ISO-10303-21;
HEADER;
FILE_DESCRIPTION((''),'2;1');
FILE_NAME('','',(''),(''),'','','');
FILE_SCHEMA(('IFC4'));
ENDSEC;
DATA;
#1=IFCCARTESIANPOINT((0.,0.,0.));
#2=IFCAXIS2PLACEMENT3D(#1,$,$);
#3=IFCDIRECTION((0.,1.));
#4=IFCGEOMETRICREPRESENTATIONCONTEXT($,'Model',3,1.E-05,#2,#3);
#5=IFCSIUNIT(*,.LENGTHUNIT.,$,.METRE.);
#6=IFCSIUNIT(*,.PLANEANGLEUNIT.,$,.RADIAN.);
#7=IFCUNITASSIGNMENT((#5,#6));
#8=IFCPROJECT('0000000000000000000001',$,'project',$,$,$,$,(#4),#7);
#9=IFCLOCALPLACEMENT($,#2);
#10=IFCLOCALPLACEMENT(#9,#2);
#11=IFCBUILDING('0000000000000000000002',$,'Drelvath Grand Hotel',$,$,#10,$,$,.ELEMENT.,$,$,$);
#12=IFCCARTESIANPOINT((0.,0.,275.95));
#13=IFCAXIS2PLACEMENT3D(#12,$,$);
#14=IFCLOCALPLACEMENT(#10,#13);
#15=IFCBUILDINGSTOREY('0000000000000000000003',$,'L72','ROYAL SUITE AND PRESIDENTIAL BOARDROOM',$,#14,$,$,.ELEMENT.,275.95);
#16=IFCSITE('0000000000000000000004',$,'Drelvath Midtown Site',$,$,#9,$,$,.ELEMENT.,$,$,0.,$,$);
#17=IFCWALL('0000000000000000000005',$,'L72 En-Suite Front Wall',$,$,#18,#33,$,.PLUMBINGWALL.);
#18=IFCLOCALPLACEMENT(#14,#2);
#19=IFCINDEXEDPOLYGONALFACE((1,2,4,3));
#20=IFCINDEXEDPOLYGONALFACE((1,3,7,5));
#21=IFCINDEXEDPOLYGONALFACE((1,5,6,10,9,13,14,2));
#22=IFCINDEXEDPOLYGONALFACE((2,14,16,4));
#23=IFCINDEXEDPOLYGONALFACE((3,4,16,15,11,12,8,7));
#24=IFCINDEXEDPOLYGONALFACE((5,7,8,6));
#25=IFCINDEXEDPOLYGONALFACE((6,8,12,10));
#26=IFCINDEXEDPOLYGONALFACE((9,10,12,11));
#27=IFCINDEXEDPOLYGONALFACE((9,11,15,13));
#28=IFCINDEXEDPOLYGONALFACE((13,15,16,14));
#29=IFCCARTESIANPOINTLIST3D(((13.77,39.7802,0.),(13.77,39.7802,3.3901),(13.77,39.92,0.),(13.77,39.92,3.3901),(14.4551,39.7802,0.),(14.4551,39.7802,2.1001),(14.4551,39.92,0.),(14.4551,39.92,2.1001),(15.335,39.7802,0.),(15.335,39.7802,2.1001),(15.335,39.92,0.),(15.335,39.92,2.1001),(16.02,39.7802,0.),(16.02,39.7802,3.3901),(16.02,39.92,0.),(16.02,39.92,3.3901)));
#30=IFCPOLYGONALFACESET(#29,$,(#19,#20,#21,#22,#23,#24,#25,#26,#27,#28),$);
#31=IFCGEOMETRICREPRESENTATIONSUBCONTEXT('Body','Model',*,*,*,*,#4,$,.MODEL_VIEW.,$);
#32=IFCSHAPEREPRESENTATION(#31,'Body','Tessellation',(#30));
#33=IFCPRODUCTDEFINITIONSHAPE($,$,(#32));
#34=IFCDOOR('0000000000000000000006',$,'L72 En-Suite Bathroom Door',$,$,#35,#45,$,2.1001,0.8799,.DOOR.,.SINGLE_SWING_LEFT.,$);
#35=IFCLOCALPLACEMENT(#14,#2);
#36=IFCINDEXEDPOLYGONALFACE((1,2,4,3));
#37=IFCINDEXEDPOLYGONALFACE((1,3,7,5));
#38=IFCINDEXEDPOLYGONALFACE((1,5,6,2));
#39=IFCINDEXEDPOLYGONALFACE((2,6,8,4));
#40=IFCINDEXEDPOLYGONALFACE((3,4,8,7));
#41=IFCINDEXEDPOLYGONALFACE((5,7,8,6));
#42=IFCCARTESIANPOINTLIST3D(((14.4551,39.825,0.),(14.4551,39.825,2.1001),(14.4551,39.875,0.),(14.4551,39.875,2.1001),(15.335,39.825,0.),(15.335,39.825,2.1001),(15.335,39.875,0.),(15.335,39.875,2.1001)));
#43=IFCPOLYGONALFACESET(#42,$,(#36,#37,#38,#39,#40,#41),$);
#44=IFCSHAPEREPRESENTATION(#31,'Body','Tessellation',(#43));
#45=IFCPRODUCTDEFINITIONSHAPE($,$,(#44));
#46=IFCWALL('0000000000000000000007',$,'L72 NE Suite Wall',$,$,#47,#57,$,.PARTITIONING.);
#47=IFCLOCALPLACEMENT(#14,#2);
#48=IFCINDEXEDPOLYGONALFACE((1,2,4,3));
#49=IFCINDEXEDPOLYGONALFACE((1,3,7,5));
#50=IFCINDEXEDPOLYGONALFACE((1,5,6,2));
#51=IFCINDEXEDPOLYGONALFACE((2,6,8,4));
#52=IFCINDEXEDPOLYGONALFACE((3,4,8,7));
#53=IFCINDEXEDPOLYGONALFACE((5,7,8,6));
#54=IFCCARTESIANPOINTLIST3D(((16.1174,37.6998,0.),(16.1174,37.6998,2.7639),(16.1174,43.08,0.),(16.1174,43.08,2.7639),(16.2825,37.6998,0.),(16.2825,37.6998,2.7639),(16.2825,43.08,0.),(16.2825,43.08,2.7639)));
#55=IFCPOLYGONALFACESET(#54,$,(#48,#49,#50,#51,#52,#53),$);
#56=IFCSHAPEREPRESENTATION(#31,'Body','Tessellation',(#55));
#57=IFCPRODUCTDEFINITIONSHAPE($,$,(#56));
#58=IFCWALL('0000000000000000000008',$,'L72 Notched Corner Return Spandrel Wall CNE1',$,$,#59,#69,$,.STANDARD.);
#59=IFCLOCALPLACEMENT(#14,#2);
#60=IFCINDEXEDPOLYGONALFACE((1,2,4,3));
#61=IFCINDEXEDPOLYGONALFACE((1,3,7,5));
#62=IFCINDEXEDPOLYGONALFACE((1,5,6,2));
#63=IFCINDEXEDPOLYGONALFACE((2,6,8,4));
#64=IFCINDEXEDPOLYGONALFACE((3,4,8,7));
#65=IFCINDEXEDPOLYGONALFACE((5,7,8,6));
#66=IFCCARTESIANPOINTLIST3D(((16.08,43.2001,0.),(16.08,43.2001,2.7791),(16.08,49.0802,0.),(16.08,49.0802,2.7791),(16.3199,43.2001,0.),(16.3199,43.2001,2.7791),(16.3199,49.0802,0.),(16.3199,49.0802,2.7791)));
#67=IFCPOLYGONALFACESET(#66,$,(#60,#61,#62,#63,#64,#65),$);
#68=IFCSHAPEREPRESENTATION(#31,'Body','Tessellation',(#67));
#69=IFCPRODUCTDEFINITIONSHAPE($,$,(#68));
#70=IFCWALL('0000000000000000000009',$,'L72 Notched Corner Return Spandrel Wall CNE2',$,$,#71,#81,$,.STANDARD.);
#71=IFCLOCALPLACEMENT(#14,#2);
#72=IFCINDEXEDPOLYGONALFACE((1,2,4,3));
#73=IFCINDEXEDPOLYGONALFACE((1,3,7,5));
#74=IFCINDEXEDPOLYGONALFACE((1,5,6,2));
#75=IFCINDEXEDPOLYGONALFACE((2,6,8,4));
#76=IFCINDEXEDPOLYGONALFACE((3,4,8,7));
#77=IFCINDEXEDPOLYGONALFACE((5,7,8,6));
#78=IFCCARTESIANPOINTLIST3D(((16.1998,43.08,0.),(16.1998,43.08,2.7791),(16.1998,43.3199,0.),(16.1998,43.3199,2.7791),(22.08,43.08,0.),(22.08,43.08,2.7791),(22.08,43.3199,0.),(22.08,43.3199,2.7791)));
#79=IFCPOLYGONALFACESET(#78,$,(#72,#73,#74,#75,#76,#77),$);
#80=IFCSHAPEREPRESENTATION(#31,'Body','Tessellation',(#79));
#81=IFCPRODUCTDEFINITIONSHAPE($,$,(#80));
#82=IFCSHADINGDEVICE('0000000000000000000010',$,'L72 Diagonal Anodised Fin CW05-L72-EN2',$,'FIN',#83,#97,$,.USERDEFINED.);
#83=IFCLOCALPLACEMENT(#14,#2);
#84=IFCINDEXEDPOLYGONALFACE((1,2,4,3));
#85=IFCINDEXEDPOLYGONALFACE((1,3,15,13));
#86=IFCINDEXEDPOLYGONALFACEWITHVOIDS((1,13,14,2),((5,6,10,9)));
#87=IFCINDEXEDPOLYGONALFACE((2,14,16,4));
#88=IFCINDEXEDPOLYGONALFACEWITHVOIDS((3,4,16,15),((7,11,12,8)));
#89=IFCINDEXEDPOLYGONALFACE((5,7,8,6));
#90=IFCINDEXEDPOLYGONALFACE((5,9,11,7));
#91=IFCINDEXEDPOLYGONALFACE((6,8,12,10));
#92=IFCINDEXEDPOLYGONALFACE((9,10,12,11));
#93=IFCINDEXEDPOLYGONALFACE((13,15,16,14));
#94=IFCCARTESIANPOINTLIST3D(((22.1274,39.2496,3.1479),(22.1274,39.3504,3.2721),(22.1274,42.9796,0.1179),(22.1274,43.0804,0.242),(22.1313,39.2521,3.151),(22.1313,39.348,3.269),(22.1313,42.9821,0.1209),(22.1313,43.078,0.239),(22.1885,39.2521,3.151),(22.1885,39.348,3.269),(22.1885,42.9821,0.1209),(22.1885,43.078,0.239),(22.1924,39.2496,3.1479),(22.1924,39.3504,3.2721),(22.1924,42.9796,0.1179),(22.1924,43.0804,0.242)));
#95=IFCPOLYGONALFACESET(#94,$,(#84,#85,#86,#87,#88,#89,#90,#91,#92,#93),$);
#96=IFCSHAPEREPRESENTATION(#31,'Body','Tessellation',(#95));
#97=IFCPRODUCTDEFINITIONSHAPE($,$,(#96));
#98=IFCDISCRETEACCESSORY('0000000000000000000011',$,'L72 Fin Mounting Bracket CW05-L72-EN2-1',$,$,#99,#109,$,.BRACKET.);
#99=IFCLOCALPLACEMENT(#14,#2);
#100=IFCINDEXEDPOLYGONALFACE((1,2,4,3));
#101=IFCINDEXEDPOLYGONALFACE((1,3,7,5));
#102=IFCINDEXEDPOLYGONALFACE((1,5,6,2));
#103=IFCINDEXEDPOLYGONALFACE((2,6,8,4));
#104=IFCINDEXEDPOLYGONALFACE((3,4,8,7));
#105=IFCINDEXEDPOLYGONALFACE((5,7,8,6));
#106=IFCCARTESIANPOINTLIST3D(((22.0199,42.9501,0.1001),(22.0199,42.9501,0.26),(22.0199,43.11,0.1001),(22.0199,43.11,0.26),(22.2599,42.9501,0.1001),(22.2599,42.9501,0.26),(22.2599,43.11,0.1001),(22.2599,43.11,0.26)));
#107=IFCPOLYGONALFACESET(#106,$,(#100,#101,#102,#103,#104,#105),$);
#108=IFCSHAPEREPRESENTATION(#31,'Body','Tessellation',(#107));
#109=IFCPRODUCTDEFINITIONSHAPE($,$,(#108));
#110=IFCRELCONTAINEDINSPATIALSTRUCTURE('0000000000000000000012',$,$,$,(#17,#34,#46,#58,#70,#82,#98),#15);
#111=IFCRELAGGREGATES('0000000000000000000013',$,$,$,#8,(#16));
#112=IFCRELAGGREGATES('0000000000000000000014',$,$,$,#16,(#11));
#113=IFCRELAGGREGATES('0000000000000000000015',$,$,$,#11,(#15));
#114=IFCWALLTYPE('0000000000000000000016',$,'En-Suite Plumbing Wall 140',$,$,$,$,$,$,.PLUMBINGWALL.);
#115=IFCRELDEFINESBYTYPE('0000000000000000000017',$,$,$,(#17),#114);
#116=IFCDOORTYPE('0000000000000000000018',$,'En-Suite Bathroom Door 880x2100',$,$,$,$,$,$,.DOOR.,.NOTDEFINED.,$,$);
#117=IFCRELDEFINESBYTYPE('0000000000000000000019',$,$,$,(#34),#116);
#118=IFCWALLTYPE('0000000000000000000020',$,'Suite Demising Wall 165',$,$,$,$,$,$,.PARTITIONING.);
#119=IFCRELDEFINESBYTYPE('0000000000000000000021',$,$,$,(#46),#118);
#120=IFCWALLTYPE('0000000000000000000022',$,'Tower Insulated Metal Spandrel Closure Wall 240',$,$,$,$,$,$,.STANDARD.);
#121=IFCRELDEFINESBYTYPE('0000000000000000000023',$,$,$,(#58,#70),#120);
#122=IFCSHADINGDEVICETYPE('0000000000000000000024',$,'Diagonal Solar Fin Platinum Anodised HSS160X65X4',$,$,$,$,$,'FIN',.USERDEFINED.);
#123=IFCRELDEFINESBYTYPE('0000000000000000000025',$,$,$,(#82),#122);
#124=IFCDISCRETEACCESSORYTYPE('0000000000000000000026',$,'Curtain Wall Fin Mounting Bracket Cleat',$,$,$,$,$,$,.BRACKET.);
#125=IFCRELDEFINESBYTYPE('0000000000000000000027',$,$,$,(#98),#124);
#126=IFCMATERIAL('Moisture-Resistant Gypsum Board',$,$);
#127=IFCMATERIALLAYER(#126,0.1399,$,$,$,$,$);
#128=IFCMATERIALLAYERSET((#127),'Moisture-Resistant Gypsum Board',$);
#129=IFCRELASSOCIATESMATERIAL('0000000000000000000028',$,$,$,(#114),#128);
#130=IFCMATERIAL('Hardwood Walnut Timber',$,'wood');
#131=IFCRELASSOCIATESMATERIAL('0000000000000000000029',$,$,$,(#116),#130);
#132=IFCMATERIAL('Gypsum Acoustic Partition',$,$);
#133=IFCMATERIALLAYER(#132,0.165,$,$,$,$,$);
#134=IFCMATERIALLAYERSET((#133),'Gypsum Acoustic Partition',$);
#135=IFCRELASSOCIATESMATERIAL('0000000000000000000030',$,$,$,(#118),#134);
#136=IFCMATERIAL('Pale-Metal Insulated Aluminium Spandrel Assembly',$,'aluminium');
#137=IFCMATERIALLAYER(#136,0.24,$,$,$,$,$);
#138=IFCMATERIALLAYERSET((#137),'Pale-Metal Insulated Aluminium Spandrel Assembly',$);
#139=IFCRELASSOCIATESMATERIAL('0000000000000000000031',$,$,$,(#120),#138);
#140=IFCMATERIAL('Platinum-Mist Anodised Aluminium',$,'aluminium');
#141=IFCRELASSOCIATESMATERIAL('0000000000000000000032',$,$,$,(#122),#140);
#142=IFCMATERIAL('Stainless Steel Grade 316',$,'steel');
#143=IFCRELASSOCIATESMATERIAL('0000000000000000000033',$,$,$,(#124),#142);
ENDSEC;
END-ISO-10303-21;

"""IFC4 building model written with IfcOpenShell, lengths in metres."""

from ifc_helpers import new_model, si_unit, direction, frame, frame_2d, origin, origin_2d, place, context, subcontext, project, spatial, rectangle, hollow_rectangle, extrude, material, layer, layer_set, material_profile, profile_set, type_object, element, fill, save


model = new_model("IFC4")

# Units and contexts
model_context = context("Model", 3, precision=1e-05, world=origin(), true_north=direction((0.0, 1.0)))
body_context = subcontext(model_context, "Body", "Model", "MODEL_VIEW")
ifc_project = project(units=[si_unit("LENGTHUNIT", "METRE"), si_unit("PLANEANGLEUNIT", "RADIAN")], contexts=[model_context])

# Site, building, storey
site_placement = place(None, origin())
site = spatial("IfcSite", under=ifc_project, at=site_placement, Name="Drelvath Midtown Site", CompositionType="ELEMENT", RefElevation=0.0)
building_placement = place(site_placement, origin())
building = spatial("IfcBuilding", under=site, at=building_placement, Name="Drelvath Grand Hotel", CompositionType="ELEMENT")
storey_placement = place(building_placement, frame((0.0, 0.0, 275.95)))
storey = spatial("IfcBuildingStorey", under=building, at=storey_placement, Name="L72", Description="ROYAL SUITE AND PRESIDENTIAL BOARDROOM", CompositionType="ELEMENT", Elevation=275.95)

# Shared definitions
ifc_material_1 = material(Name="Moisture-Resistant Gypsum Board")
ifc_layer_1 = layer(ifc_material_1, 0.1399)
ifc_layer_set_1 = layer_set([ifc_layer_1], Name="Moisture-Resistant Gypsum Board")
wall_type_1 = type_object("IfcWallType", Name="En-Suite Plumbing Wall 140", PredefinedType="PLUMBINGWALL", material=ifc_layer_set_1)

# Shared definitions
ifc_material_2 = material(Name="Hardwood Walnut Timber", Category="wood")
door_type = type_object("IfcDoorType", Name="En-Suite Bathroom Door 880x2100", OperationType="NOTDEFINED", PredefinedType="DOOR", material=ifc_material_2)

# Wall, opening, door
wall_1_placement = place(storey_placement, frame((13.77, 39.8501, 0.0), z_axis=(0.0, 0.0, 1.0), x_axis=(1.0, 0.0, 0.0)))
wall_1 = element("IfcWall", 1, at=wall_1_placement, inside=storey, type_object=wall_type_1, Name="L72 En-Suite Front Wall", PredefinedType="PLUMBINGWALL", context=body_context, shape_type="SweptSolid", body=[
    extrude(rectangle(XDim=2.25, YDim=0.1399, at=frame_2d((1.125, 0.0))), origin(), (0.0, 0.0, 1.0), 3.3901),
])
opening_1_placement = place(wall_1_placement, frame((0.6851, 0.0, 0.0)))
opening_1 = element("IfcOpeningElement", 2, at=opening_1_placement, cuts=wall_1, PredefinedType="OPENING", context=body_context, shape_type="SweptSolid", body=[
    extrude(rectangle(XDim=0.8799, YDim=2.1001, at=frame_2d((0.4399, 1.05))), frame((0.0, 0.0798, 0.0), z_axis=(0.0, -1.0, 0.0), x_axis=(1.0, 0.0, 0.0)), (0.0, 0.0, 1.0), 0.1599),
])
door_1_placement = place(opening_1_placement, origin())
door_1 = element("IfcDoor", 3, at=door_1_placement, inside=storey, type_object=door_type, Name="L72 En-Suite Bathroom Door", OperationType="SINGLE_SWING_LEFT", OverallHeight=2.1001, OverallWidth=0.8799, PredefinedType="DOOR", context=body_context, shape_type="SweptSolid", body=[
    extrude(rectangle(XDim=0.8799, YDim=2.1001, at=frame_2d((0.4399, 1.05))), frame((0.0, 0.0249, 0.0), z_axis=(0.0, -1.0, 0.0), x_axis=(1.0, 0.0, 0.0)), (0.0, 0.0, 1.0), 0.05),
])
fill(opening_1, door_1)

# Walls
ifc_material_3 = material(Name="Gypsum Acoustic Partition")
ifc_layer_2 = layer(ifc_material_3, 0.165)
ifc_layer_set_2 = layer_set([ifc_layer_2], Name="Gypsum Acoustic Partition")
wall_type_2 = type_object("IfcWallType", Name="Suite Demising Wall 165", PredefinedType="PARTITIONING", material=ifc_layer_set_2)
wall_2_placement = place(storey_placement, frame((16.2, 37.7, 0.0), z_axis=(0.0, 0.0, 1.0), x_axis=(0.0, 1.0, 0.0)))
element("IfcWall", 4, at=wall_2_placement, inside=storey, type_object=wall_type_2, Name="L72 NE Suite Wall", PredefinedType="PARTITIONING", context=body_context, shape_type="SweptSolid", body=[
    extrude(rectangle(XDim=5.3801, YDim=0.165, at=frame_2d((2.6899, 0.0))), origin(), (0.0, 0.0, 1.0), 2.7639),
])
ifc_material_4 = material(Name="Pale-Metal Insulated Aluminium Spandrel Assembly", Category="aluminium")
ifc_layer_3 = layer(ifc_material_4, 0.24)
ifc_layer_set_3 = layer_set([ifc_layer_3], Name="Pale-Metal Insulated Aluminium Spandrel Assembly")
wall_type_3 = type_object("IfcWallType", Name="Tower Insulated Metal Spandrel Closure Wall 240", PredefinedType="STANDARD", material=ifc_layer_set_3)
for number, where, z_axis, x_axis, name in (
    (5, (16.2, 49.0801, 0.0), (0.0, 0.0, 1.0), (0.0, -1.0, 0.0), "L72 Notched Corner Return Spandrel Wall CNE1"),
    (6, (16.2, 43.2, 0.0), (0.0, 0.0, 1.0), (1.0, 0.0, 0.0), "L72 Notched Corner Return Spandrel Wall CNE2"),
):
    element("IfcWall", number, at=place(storey_placement, frame(where, z_axis=z_axis, x_axis=x_axis)), inside=storey, type_object=wall_type_3, Name=name, PredefinedType="STANDARD", context=body_context, shape_type="SweptSolid", body=[
        extrude(rectangle(XDim=5.8801, YDim=0.24, at=frame_2d((2.9399, 0.0))), origin(), (0.0, 0.0, 1.0), 2.7791),
    ])

# Shading device
ifc_material_5 = material(Name="Platinum-Mist Anodised Aluminium", Category="aluminium")
ifc_material_profile_1 = material_profile(ifc_material_5, hollow_rectangle(XDim=0.0649, YDim=0.1599, WallThickness=0.0039, at=origin_2d()), Name="HSS160X65X4")
ifc_profile_set_1 = profile_set([ifc_material_profile_1], Name="Platinum-Mist Anodised Aluminium")
shading_device_type = type_object("IfcShadingDeviceType", Name="Diagonal Solar Fin Platinum Anodised HSS160X65X4", ElementType="FIN", PredefinedType="USERDEFINED", material=ifc_profile_set_1)
shading_device_placement = place(storey_placement, frame((22.1599, 43.03, 0.1799), z_axis=(0.0, -0.776173, 0.63052), x_axis=(1.0, 0.0, 0.0)))
element("IfcShadingDevice", 7, at=shading_device_placement, inside=storey, type_object=shading_device_type, Name="L72 Diagonal Anodised Fin CW05-L72-EN2", ObjectType="FIN", PredefinedType="USERDEFINED", context=body_context, shape_type="SweptSolid", body=[
    extrude(hollow_rectangle(XDim=0.0649, YDim=0.1599, WallThickness=0.0039, at=origin_2d()), origin(), (0.0, 0.0, 1.0), 4.8057),
])

# Discrete accessory
ifc_material_6 = material(Name="Stainless Steel Grade 316", Category="steel")
discrete_accessory_type = type_object("IfcDiscreteAccessoryType", Name="Curtain Wall Fin Mounting Bracket Cleat", PredefinedType="BRACKET", material=ifc_material_6)
discrete_accessory_placement = place(storey_placement, frame((22.1399, 43.03, 0.1001), z_axis=(0.0, 0.0, 1.0), x_axis=(0.0, -1.0, 0.0)))
element("IfcDiscreteAccessory", 8, at=discrete_accessory_placement, inside=storey, type_object=discrete_accessory_type, Name="L72 Fin Mounting Bracket CW05-L72-EN2-1", PredefinedType="BRACKET", context=body_context, shape_type="SweptSolid", body=[
    extrude(rectangle(XDim=0.1599, YDim=0.24, at=origin_2d()), origin(), (0.0, 0.0, 1.0), 0.1599),
])

save(model, "model.ifc")
